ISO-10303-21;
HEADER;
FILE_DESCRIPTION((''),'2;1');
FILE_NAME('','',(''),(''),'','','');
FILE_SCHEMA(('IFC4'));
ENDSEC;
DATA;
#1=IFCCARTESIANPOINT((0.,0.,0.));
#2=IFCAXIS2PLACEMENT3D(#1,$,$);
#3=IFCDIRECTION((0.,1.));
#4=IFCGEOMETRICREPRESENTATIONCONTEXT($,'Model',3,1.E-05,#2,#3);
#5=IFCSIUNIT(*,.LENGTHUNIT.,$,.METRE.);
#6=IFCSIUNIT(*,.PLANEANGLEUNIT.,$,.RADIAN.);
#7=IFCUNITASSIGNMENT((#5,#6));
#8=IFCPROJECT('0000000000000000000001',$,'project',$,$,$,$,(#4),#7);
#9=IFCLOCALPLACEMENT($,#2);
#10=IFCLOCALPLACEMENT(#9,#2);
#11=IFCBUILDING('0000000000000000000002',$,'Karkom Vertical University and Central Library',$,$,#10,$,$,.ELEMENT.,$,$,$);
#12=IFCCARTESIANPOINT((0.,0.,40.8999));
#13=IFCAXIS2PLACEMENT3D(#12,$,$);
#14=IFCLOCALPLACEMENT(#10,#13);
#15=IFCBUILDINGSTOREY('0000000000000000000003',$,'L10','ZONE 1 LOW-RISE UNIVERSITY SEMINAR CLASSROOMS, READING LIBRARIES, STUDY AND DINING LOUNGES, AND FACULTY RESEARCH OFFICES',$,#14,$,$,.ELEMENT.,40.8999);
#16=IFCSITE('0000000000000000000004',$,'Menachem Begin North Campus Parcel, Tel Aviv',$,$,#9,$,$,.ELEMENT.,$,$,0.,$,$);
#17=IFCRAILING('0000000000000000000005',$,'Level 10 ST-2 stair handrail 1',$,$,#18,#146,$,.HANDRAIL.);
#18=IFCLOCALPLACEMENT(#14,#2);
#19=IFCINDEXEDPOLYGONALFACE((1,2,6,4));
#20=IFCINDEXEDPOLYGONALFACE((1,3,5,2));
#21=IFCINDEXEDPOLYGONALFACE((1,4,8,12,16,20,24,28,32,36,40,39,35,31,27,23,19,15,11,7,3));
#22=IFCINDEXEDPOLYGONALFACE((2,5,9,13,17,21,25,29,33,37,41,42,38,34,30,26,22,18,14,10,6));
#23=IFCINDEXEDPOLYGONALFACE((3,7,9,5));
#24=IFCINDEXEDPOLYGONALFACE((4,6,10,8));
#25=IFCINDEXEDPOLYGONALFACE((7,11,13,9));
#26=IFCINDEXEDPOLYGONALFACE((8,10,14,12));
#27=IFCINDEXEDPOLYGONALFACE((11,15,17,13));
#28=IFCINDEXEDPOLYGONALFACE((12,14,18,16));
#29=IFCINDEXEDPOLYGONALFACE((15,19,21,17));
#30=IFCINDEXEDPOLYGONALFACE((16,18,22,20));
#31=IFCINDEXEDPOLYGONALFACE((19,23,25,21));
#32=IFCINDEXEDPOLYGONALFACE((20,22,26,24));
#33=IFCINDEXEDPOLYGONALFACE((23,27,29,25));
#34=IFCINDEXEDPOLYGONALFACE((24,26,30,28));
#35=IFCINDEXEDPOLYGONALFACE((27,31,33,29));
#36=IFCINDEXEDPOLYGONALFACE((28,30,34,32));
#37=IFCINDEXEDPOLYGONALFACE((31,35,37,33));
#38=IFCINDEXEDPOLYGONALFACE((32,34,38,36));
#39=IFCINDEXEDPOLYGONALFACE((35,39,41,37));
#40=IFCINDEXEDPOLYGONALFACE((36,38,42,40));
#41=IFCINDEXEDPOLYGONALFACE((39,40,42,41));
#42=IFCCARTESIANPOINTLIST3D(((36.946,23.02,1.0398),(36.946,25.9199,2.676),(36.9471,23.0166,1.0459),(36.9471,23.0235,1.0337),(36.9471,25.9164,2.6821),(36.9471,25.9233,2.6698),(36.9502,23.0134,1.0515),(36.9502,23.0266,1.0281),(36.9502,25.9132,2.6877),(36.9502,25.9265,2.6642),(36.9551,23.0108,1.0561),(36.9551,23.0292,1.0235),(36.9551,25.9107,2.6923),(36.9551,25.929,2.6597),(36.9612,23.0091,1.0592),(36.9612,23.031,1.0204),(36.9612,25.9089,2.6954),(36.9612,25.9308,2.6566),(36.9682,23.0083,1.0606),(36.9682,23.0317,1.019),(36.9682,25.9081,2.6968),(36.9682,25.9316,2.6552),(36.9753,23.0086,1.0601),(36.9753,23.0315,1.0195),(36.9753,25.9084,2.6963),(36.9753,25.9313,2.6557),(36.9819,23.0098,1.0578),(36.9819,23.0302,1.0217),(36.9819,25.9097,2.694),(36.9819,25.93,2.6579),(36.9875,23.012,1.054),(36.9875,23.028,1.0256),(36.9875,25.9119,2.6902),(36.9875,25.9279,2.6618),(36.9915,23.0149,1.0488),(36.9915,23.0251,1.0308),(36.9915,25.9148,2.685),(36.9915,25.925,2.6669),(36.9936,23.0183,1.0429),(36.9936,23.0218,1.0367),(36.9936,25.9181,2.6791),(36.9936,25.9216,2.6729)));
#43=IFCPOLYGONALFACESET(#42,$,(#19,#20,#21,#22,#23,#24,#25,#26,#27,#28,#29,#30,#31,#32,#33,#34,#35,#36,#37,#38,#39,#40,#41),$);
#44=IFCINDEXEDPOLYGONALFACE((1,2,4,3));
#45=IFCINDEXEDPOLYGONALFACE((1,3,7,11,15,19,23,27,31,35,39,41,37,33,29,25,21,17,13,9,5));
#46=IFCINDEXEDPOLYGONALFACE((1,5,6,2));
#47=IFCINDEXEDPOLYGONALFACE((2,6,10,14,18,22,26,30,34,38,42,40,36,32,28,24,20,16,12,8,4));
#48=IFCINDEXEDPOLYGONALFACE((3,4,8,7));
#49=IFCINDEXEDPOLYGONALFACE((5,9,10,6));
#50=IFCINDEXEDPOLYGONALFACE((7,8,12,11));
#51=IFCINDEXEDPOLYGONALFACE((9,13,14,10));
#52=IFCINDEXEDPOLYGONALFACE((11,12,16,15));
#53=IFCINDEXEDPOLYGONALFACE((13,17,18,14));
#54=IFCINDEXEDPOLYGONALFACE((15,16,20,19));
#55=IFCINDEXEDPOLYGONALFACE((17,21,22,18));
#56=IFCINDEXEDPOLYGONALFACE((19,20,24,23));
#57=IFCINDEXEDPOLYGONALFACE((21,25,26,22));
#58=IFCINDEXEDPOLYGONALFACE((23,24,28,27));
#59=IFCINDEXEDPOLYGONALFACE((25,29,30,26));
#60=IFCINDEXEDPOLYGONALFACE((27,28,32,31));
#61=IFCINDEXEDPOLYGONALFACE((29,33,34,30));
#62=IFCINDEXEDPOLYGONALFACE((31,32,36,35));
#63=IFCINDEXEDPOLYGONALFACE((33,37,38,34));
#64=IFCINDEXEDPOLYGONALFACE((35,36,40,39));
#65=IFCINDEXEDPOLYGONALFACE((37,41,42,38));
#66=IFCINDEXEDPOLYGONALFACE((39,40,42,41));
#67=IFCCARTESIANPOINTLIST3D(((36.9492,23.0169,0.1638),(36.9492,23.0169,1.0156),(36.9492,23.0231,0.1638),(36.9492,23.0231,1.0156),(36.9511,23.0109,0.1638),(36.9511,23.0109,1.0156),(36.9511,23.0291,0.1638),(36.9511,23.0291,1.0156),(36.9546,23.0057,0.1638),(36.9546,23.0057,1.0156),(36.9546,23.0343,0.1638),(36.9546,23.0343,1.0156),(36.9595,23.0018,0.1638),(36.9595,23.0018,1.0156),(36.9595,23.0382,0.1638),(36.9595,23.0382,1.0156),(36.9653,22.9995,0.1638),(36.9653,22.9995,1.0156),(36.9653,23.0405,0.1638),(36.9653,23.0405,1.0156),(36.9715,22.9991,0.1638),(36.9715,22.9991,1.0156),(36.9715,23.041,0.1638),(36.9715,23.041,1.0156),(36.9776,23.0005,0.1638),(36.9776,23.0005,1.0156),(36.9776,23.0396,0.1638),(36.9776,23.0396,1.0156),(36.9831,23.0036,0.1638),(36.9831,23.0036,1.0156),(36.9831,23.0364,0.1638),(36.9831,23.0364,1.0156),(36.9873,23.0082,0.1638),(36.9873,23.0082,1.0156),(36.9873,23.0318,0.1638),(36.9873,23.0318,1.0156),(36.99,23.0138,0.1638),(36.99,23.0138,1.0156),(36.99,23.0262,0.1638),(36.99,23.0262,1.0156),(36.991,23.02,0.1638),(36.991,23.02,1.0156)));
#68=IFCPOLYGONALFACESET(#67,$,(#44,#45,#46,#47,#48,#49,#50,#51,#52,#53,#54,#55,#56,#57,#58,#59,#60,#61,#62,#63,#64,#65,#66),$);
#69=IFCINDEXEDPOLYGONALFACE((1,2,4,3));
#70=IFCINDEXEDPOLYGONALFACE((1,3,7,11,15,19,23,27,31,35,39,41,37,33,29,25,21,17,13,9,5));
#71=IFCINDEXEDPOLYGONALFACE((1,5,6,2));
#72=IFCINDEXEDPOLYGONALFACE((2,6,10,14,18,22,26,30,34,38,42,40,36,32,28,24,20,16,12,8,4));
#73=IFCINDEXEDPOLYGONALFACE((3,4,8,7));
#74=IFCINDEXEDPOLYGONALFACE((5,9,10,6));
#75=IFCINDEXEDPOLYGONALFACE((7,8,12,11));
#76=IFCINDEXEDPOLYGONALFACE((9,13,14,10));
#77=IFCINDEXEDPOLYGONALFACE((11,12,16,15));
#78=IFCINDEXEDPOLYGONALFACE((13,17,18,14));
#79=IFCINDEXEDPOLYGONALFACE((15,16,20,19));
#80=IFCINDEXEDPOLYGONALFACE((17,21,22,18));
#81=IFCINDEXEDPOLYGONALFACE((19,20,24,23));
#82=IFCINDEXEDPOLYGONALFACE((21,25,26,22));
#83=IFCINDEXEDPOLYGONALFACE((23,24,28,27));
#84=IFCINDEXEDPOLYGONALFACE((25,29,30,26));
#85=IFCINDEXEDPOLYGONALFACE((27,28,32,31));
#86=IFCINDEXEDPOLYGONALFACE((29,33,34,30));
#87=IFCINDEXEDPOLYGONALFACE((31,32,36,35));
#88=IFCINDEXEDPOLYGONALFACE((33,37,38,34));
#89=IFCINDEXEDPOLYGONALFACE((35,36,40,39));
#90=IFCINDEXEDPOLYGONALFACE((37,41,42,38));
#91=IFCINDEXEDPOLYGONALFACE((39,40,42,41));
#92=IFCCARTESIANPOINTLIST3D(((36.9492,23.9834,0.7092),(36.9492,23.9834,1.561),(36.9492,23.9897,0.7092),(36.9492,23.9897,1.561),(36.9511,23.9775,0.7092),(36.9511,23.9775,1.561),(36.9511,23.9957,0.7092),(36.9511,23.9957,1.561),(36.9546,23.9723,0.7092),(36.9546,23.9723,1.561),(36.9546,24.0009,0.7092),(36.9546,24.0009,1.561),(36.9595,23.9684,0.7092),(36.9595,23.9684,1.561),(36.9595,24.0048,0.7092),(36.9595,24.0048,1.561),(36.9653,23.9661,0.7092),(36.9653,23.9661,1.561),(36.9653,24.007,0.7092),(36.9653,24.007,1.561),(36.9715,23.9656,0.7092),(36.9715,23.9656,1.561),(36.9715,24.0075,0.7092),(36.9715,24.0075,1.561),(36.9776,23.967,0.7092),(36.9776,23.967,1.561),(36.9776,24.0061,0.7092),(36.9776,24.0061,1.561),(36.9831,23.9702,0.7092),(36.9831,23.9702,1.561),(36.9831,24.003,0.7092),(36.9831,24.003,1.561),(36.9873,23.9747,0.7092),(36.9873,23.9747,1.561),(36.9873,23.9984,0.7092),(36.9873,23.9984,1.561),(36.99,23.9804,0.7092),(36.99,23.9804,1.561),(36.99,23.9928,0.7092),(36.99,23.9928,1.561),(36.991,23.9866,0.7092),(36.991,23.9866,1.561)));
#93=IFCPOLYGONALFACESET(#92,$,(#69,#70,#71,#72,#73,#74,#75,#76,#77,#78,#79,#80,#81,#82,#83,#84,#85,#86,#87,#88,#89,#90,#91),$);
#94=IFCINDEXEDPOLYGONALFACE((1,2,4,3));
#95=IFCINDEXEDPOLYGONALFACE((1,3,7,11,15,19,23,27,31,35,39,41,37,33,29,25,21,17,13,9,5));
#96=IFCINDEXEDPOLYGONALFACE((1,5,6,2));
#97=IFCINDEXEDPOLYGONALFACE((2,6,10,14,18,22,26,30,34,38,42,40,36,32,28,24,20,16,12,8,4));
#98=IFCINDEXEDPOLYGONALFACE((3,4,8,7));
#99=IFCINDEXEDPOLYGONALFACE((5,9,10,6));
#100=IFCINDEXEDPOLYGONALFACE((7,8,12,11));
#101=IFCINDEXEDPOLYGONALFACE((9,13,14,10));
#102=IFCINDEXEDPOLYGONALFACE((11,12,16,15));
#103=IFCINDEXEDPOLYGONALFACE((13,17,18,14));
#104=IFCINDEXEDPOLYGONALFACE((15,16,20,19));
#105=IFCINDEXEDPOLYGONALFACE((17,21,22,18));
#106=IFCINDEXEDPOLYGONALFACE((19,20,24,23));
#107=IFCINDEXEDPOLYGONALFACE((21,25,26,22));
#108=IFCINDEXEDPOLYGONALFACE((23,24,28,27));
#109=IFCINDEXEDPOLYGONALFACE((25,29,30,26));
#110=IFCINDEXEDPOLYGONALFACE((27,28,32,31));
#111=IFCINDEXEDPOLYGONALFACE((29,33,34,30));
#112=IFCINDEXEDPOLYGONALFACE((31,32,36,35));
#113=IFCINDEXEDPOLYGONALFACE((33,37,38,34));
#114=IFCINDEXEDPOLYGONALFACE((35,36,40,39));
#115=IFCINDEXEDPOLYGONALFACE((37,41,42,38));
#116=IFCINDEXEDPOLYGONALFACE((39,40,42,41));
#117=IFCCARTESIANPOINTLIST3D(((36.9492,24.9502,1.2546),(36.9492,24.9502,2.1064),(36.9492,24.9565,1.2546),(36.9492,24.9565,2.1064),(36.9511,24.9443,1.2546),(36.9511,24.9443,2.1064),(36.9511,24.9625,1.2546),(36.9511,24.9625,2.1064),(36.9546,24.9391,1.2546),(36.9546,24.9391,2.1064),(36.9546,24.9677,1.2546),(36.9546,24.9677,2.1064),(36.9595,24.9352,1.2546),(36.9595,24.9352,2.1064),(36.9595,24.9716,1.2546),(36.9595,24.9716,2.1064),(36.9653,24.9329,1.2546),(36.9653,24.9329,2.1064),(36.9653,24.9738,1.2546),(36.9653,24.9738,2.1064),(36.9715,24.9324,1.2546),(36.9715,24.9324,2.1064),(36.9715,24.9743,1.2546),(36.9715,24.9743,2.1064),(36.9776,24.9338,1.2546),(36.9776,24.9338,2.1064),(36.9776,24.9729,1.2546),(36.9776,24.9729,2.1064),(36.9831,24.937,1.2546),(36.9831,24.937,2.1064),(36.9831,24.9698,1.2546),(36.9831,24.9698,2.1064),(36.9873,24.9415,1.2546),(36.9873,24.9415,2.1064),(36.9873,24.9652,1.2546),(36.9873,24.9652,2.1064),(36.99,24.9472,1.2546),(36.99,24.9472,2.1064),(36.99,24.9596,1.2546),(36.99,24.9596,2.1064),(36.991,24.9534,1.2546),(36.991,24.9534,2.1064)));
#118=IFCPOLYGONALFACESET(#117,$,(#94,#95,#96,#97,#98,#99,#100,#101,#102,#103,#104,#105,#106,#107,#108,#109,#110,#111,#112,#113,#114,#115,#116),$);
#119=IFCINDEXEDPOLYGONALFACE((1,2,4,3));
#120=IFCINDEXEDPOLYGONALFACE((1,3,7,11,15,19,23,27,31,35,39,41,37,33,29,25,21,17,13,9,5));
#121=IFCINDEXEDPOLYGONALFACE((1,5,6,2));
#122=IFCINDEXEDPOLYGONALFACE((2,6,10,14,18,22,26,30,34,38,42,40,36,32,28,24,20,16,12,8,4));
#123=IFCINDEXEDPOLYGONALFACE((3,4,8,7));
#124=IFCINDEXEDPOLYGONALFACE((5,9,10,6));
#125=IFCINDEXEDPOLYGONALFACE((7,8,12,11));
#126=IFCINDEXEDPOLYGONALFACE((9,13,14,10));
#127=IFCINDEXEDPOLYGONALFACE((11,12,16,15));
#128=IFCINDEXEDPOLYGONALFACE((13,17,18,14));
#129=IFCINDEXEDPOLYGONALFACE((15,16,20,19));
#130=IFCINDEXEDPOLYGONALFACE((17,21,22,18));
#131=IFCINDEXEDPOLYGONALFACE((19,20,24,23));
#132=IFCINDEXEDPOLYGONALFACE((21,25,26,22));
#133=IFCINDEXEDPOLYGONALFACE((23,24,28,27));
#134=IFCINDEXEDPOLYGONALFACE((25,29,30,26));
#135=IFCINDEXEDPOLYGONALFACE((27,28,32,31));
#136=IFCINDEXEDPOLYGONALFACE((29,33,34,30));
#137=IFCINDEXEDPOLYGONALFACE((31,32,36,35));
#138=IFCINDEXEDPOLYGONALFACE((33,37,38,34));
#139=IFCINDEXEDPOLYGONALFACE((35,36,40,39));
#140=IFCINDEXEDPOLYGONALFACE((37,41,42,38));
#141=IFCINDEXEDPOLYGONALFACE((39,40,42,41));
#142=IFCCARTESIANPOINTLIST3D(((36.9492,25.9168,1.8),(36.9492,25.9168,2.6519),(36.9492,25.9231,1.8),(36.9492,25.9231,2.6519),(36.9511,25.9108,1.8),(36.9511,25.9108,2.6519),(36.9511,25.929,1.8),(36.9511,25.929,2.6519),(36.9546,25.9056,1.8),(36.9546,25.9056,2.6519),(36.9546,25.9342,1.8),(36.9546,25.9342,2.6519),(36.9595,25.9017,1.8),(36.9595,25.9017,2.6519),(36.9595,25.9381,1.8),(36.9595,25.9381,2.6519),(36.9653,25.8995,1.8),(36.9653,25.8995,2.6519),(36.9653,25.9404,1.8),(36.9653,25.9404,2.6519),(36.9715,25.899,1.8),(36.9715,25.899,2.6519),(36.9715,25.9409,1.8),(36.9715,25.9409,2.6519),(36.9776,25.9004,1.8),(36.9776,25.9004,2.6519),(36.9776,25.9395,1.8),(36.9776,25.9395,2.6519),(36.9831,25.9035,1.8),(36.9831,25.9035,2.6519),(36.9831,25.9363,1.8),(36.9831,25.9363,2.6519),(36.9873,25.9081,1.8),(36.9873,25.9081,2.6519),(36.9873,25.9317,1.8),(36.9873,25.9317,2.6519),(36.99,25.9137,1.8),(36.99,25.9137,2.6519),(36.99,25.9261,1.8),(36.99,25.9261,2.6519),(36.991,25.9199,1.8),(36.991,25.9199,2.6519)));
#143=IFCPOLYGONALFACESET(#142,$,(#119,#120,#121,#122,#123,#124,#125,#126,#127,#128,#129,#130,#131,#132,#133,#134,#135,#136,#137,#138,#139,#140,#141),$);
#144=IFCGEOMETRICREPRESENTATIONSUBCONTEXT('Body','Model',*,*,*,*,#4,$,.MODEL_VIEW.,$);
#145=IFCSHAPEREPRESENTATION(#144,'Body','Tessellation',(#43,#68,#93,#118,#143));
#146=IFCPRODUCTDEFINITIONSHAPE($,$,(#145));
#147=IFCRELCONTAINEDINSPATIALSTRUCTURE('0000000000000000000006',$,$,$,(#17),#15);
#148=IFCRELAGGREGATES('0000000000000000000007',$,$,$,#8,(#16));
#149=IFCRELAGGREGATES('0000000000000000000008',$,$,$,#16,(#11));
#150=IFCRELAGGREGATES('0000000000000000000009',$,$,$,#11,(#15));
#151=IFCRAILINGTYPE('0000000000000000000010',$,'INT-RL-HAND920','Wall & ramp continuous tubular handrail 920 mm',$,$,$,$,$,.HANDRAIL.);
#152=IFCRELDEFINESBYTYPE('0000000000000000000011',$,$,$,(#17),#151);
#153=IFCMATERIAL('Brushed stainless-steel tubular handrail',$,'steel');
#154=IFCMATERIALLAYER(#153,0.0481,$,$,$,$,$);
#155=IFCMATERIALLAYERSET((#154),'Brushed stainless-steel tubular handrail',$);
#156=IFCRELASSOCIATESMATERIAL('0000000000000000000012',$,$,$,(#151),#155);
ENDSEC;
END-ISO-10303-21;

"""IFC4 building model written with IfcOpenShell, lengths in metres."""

from ifc_helpers import new_model, si_unit, direction, frame, origin, origin_2d, place, context, subcontext, project, spatial, circle, extrude, material, layer, layer_set, type_object, element, save


model = new_model("IFC4")

# Units and contexts
model_context = context("Model", 3, precision=1e-05, world=origin(), true_north=direction((0.0, 1.0)))
body_context = subcontext(model_context, "Body", "Model", "MODEL_VIEW")
ifc_project = project(units=[si_unit("LENGTHUNIT", "METRE"), si_unit("PLANEANGLEUNIT", "RADIAN")], contexts=[model_context])

# Site, building, storey
site_placement = place(None, origin())
site = spatial("IfcSite", under=ifc_project, at=site_placement, Name="Menachem Begin North Campus Parcel, Tel Aviv", CompositionType="ELEMENT", RefElevation=0.0)
building_placement = place(site_placement, origin())
building = spatial("IfcBuilding", under=site, at=building_placement, Name="Karkom Vertical University and Central Library", CompositionType="ELEMENT")
storey_placement = place(building_placement, frame((0.0, 0.0, 40.8999)))
storey = spatial("IfcBuildingStorey", under=building, at=storey_placement, Name="L10", Description="ZONE 1 LOW-RISE UNIVERSITY SEMINAR CLASSROOMS, READING LIBRARIES, STUDY AND DINING LOUNGES, AND FACULTY RESEARCH OFFICES", CompositionType="ELEMENT", Elevation=40.8999)

# Railing
ifc_material_1 = material(Name="Brushed stainless-steel tubular handrail", Category="steel")
ifc_layer_1 = layer(ifc_material_1, 0.0481)
ifc_layer_set_1 = layer_set([ifc_layer_1], Name="Brushed stainless-steel tubular handrail")
railing_type_1 = type_object("IfcRailingType", Name="INT-RL-HAND920", Description="Wall & ramp continuous tubular handrail 920 mm", PredefinedType="HANDRAIL", material=ifc_layer_set_1)
railing_1_placement = place(storey_placement, frame((36.97, 23.02, 0.1638)))
element("IfcRailing", 1, at=railing_1_placement, inside=storey, type_object=railing_type_1, Name="Level 10 ST-2 stair handrail 1", PredefinedType="HANDRAIL", context=body_context, shape_type="SweptSolid", body=[
    extrude(circle(Radius=0.0239, at=origin_2d()), frame((0.0, 0.0, 0.876), z_axis=(0.0, 0.870929, 0.49141), x_axis=(-1.0, 0.0, 0.0)), (0.0, 0.0, 1.0), 3.3296),
    extrude(circle(Radius=0.021, at=origin_2d()), origin(), (0.0, 0.0, 1.0), 0.8518),
    extrude(circle(Radius=0.021, at=origin_2d()), frame((0.0, 0.9666, 0.5454)), (0.0, 0.0, 1.0), 0.8518),
    extrude(circle(Radius=0.021, at=origin_2d()), frame((0.0, 1.9333, 1.0908)), (0.0, 0.0, 1.0), 0.8518),
    extrude(circle(Radius=0.021, at=origin_2d()), frame((0.0, 2.8999, 1.6362)), (0.0, 0.0, 1.0), 0.8518),
])

save(model, "model.ifc")
